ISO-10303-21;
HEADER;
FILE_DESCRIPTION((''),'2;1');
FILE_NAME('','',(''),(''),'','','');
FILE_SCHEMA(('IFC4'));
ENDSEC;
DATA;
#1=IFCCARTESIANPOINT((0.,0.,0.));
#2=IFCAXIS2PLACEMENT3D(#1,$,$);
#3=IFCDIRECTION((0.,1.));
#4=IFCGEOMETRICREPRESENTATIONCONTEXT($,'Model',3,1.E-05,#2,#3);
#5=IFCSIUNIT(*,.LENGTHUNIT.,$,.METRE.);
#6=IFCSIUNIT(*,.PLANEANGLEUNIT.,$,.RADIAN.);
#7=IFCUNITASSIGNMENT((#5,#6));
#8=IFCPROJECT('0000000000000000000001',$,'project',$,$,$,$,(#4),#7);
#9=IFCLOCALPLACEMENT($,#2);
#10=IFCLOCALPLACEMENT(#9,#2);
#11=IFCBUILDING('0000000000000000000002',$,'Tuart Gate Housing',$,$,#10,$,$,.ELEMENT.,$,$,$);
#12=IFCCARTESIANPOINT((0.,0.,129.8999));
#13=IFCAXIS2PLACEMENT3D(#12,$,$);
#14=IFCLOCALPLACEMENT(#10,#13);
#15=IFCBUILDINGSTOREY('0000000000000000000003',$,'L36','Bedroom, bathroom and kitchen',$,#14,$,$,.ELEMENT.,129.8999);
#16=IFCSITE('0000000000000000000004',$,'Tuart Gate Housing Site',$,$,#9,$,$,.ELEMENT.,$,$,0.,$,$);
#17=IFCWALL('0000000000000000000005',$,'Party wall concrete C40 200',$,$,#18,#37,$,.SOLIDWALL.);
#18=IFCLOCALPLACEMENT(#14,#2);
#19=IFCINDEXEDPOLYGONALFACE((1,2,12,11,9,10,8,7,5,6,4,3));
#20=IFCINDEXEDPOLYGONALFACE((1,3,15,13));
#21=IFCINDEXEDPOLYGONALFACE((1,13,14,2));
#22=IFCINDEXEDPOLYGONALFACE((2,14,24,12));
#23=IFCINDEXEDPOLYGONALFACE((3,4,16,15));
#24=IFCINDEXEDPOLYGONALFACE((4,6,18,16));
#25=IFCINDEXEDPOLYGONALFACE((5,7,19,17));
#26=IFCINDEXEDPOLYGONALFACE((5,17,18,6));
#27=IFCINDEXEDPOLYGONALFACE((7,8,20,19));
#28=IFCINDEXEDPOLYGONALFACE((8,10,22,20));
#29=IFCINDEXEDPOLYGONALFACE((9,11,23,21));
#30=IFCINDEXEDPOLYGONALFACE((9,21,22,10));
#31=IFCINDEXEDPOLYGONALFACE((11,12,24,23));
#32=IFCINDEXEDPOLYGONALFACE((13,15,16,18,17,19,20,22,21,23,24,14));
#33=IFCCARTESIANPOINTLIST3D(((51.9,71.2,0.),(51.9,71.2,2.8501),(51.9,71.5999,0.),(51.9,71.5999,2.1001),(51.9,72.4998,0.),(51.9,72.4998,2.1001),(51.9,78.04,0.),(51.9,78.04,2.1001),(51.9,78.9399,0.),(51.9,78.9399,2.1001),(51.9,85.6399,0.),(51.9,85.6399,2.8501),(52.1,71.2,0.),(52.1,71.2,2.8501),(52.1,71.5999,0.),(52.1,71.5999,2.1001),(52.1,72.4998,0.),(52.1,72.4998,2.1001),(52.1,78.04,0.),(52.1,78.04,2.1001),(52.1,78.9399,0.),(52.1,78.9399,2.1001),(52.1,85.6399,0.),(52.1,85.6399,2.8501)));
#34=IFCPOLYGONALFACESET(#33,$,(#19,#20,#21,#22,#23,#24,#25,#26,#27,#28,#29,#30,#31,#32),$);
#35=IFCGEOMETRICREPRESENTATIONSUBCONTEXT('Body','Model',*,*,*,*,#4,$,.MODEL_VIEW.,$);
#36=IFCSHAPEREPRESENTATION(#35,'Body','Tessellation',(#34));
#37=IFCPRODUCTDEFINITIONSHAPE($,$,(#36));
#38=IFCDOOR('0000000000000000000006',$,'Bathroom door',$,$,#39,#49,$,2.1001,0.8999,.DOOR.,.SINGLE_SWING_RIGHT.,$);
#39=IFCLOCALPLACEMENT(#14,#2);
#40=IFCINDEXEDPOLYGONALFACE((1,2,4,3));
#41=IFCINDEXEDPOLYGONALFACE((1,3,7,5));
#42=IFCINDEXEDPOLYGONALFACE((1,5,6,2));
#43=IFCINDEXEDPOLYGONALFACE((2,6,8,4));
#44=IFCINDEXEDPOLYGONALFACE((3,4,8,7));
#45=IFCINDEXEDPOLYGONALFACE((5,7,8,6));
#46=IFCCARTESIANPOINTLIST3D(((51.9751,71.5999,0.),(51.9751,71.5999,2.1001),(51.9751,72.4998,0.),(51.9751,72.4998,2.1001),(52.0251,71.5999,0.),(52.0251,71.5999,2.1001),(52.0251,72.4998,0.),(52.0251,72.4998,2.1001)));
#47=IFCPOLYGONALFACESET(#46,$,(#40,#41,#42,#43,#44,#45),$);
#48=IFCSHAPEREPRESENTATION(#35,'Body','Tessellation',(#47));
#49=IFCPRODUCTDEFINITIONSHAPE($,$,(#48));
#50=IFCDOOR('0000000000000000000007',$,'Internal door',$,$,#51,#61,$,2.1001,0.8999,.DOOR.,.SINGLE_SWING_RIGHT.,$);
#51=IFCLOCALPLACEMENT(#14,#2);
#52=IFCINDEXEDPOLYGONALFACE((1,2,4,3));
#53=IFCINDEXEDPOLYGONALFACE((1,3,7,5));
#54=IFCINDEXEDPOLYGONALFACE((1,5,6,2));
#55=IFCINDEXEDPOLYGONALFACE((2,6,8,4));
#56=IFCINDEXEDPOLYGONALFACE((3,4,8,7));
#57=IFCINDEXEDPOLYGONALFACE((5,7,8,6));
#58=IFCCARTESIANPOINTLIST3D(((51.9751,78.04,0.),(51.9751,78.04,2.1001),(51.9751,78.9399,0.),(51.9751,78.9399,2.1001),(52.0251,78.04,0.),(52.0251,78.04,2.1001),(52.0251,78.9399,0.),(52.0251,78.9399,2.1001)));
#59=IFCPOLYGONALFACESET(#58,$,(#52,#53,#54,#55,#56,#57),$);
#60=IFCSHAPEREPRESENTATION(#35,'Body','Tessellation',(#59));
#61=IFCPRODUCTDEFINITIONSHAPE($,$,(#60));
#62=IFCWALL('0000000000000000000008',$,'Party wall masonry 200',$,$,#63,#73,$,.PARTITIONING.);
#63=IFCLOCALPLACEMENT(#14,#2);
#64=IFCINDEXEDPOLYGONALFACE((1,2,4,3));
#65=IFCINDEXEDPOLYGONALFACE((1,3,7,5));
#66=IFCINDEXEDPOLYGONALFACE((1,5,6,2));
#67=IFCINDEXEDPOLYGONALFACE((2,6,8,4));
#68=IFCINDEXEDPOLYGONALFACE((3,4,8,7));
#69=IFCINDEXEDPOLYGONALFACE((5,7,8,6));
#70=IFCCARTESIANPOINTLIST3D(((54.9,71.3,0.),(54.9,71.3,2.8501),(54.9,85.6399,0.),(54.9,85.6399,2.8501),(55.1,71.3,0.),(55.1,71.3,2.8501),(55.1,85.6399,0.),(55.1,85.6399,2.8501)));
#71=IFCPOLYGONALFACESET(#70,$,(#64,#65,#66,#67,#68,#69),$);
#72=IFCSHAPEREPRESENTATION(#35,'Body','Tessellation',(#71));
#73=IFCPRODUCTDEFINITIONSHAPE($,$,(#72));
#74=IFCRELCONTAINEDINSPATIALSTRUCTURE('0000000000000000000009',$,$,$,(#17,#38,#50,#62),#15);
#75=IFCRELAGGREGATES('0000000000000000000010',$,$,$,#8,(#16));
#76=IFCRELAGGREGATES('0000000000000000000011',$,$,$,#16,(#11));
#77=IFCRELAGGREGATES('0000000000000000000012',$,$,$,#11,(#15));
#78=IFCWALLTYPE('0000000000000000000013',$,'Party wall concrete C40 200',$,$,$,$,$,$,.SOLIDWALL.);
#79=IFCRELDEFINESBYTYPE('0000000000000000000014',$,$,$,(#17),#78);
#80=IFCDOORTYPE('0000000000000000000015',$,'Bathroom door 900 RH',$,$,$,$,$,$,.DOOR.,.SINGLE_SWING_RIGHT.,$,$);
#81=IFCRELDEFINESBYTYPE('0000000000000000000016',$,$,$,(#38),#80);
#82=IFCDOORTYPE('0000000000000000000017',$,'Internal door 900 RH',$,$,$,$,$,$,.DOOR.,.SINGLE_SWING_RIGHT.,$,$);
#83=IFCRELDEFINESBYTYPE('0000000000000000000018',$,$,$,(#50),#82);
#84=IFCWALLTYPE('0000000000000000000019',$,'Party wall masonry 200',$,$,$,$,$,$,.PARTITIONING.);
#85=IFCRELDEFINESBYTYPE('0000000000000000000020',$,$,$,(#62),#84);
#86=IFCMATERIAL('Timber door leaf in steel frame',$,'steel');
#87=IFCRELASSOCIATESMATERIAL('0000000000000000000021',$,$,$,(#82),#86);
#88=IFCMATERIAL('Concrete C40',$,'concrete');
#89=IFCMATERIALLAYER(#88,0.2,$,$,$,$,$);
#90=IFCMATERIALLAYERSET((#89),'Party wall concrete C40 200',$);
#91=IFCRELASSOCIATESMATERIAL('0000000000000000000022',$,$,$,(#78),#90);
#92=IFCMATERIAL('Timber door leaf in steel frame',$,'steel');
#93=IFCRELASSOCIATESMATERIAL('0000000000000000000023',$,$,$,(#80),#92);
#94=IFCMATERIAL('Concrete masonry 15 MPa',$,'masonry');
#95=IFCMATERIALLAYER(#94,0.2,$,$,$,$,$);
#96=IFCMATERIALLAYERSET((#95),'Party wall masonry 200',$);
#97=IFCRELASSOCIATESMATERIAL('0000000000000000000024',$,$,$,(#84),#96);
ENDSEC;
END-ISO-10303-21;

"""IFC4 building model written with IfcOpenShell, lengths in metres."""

from ifc_helpers import new_model, si_unit, direction, frame, frame_2d, origin, place, context, subcontext, project, spatial, rectangle, extrude, material, layer, layer_set, type_object, element, fill, save


model = new_model("IFC4")

# Units and contexts
model_context = context("Model", 3, precision=1e-05, world=origin(), true_north=direction((0.0, 1.0)))
body_context = subcontext(model_context, "Body", "Model", "MODEL_VIEW")
ifc_project = project(units=[si_unit("LENGTHUNIT", "METRE"), si_unit("PLANEANGLEUNIT", "RADIAN")], contexts=[model_context])

# Site, building, storey
site_placement = place(None, origin())
site = spatial("IfcSite", under=ifc_project, at=site_placement, Name="Tuart Gate Housing Site", CompositionType="ELEMENT", RefElevation=0.0)
building_placement = place(site_placement, origin())
building = spatial("IfcBuilding", under=site, at=building_placement, Name="Tuart Gate Housing", CompositionType="ELEMENT")
storey_placement = place(building_placement, frame((0.0, 0.0, 129.8999)))
storey = spatial("IfcBuildingStorey", under=building, at=storey_placement, Name="L36", Description="Bedroom, bathroom and kitchen", CompositionType="ELEMENT", Elevation=129.8999)

# Shared definitions
ifc_material_1 = material(Name="Timber door leaf in steel frame", Category="steel")
door_type_1 = type_object("IfcDoorType", Name="Internal door 900 RH", OperationType="SINGLE_SWING_RIGHT", PredefinedType="DOOR", material=ifc_material_1)

# Shared definitions
ifc_material_2 = material(Name="Concrete C40", Category="concrete")
ifc_layer_1 = layer(ifc_material_2, 0.2)
ifc_layer_set_1 = layer_set([ifc_layer_1], Name="Party wall concrete C40 200")
wall_type_1 = type_object("IfcWallType", Name="Party wall concrete C40 200", PredefinedType="SOLIDWALL", material=ifc_layer_set_1)

# Wall, openings, doors
wall_1_placement = place(storey_placement, frame((52.0, 71.2, 0.0), z_axis=(0.0, 0.0, 1.0), x_axis=(0.0, 1.0, 0.0)))
wall_1 = element("IfcWall", 1, at=wall_1_placement, inside=storey, type_object=wall_type_1, Name="Party wall concrete C40 200", PredefinedType="SOLIDWALL", context=body_context, shape_type="SweptSolid", body=[
    extrude(rectangle(XDim=14.4399, YDim=0.2, at=frame_2d((7.22, 0.0))), origin(), (0.0, 0.0, 1.0), 2.8501),
])
opening_1_placement = place(wall_1_placement, frame((6.8401, 0.0, 0.0)))
opening_1 = element("IfcOpeningElement", 2, at=opening_1_placement, cuts=wall_1, PredefinedType="OPENING", context=body_context, shape_type="SweptSolid", body=[
    extrude(rectangle(XDim=0.8999, YDim=2.1001, at=frame_2d((0.45, 1.05))), frame((0.0, 0.1099, 0.0), z_axis=(0.0, -1.0, 0.0), x_axis=(1.0, 0.0, 0.0)), (0.0, 0.0, 1.0), 0.22),
])
opening_2_placement = place(wall_1_placement, frame((0.3999, 0.0, 0.0)))
opening_2 = element("IfcOpeningElement", 3, at=opening_2_placement, cuts=wall_1, PredefinedType="OPENING", context=body_context, shape_type="SweptSolid", body=[
    extrude(rectangle(XDim=0.8999, YDim=2.1001, at=frame_2d((0.45, 1.05))), frame((0.0, 0.1099, 0.0), z_axis=(0.0, -1.0, 0.0), x_axis=(1.0, 0.0, 0.0)), (0.0, 0.0, 1.0), 0.22),
])
ifc_material_3 = material(Name="Timber door leaf in steel frame", Category="steel")
door_type_2 = type_object("IfcDoorType", Name="Bathroom door 900 RH", OperationType="SINGLE_SWING_RIGHT", PredefinedType="DOOR", material=ifc_material_3)
door_1_placement = place(opening_2_placement, frame((0.8999, 0.0, 0.0), z_axis=(0.0, 0.0, 1.0), x_axis=(-1.0, 0.0, 0.0)))
door_1 = element("IfcDoor", 4, at=door_1_placement, inside=storey, type_object=door_type_2, Name="Bathroom door", OperationType="SINGLE_SWING_RIGHT", OverallHeight=2.1001, OverallWidth=0.8999, PredefinedType="DOOR", context=body_context, shape_type="SweptSolid", body=[
    extrude(rectangle(XDim=0.8999, YDim=2.1001, at=frame_2d((0.45, 1.05))), frame((0.0, 0.0251, 0.0), z_axis=(0.0, -1.0, 0.0), x_axis=(1.0, 0.0, 0.0)), (0.0, 0.0, 1.0), 0.05),
])
fill(opening_2, door_1)
door_2_placement = place(opening_1_placement, frame((0.8999, 0.0, 0.0), z_axis=(0.0, 0.0, 1.0), x_axis=(-1.0, 0.0, 0.0)))
door_2 = element("IfcDoor", 5, at=door_2_placement, inside=storey, type_object=door_type_1, Name="Internal door", OperationType="SINGLE_SWING_RIGHT", OverallHeight=2.1001, OverallWidth=0.8999, PredefinedType="DOOR", context=body_context, shape_type="SweptSolid", body=[
    extrude(rectangle(XDim=0.8999, YDim=2.1001, at=frame_2d((0.45, 1.05))), frame((0.0, 0.0251, 0.0), z_axis=(0.0, -1.0, 0.0), x_axis=(1.0, 0.0, 0.0)), (0.0, 0.0, 1.0), 0.05),
])
fill(opening_1, door_2)

# Wall
ifc_material_4 = material(Name="Concrete masonry 15 MPa", Category="masonry")
ifc_layer_2 = layer(ifc_material_4, 0.2)
ifc_layer_set_2 = layer_set([ifc_layer_2], Name="Party wall masonry 200")
wall_type_2 = type_object("IfcWallType", Name="Party wall masonry 200", PredefinedType="PARTITIONING", material=ifc_layer_set_2)
wall_2_placement = place(storey_placement, frame((55.0, 71.3, 0.0), z_axis=(0.0, 0.0, 1.0), x_axis=(0.0, 1.0, 0.0)))
element("IfcWall", 6, at=wall_2_placement, inside=storey, type_object=wall_type_2, Name="Party wall masonry 200", PredefinedType="PARTITIONING", context=body_context, shape_type="SweptSolid", body=[
    extrude(rectangle(XDim=14.3398, YDim=0.2, at=frame_2d((7.1699, 0.0))), origin(), (0.0, 0.0, 1.0), 2.8501),
])

save(model, "model.ifc")
